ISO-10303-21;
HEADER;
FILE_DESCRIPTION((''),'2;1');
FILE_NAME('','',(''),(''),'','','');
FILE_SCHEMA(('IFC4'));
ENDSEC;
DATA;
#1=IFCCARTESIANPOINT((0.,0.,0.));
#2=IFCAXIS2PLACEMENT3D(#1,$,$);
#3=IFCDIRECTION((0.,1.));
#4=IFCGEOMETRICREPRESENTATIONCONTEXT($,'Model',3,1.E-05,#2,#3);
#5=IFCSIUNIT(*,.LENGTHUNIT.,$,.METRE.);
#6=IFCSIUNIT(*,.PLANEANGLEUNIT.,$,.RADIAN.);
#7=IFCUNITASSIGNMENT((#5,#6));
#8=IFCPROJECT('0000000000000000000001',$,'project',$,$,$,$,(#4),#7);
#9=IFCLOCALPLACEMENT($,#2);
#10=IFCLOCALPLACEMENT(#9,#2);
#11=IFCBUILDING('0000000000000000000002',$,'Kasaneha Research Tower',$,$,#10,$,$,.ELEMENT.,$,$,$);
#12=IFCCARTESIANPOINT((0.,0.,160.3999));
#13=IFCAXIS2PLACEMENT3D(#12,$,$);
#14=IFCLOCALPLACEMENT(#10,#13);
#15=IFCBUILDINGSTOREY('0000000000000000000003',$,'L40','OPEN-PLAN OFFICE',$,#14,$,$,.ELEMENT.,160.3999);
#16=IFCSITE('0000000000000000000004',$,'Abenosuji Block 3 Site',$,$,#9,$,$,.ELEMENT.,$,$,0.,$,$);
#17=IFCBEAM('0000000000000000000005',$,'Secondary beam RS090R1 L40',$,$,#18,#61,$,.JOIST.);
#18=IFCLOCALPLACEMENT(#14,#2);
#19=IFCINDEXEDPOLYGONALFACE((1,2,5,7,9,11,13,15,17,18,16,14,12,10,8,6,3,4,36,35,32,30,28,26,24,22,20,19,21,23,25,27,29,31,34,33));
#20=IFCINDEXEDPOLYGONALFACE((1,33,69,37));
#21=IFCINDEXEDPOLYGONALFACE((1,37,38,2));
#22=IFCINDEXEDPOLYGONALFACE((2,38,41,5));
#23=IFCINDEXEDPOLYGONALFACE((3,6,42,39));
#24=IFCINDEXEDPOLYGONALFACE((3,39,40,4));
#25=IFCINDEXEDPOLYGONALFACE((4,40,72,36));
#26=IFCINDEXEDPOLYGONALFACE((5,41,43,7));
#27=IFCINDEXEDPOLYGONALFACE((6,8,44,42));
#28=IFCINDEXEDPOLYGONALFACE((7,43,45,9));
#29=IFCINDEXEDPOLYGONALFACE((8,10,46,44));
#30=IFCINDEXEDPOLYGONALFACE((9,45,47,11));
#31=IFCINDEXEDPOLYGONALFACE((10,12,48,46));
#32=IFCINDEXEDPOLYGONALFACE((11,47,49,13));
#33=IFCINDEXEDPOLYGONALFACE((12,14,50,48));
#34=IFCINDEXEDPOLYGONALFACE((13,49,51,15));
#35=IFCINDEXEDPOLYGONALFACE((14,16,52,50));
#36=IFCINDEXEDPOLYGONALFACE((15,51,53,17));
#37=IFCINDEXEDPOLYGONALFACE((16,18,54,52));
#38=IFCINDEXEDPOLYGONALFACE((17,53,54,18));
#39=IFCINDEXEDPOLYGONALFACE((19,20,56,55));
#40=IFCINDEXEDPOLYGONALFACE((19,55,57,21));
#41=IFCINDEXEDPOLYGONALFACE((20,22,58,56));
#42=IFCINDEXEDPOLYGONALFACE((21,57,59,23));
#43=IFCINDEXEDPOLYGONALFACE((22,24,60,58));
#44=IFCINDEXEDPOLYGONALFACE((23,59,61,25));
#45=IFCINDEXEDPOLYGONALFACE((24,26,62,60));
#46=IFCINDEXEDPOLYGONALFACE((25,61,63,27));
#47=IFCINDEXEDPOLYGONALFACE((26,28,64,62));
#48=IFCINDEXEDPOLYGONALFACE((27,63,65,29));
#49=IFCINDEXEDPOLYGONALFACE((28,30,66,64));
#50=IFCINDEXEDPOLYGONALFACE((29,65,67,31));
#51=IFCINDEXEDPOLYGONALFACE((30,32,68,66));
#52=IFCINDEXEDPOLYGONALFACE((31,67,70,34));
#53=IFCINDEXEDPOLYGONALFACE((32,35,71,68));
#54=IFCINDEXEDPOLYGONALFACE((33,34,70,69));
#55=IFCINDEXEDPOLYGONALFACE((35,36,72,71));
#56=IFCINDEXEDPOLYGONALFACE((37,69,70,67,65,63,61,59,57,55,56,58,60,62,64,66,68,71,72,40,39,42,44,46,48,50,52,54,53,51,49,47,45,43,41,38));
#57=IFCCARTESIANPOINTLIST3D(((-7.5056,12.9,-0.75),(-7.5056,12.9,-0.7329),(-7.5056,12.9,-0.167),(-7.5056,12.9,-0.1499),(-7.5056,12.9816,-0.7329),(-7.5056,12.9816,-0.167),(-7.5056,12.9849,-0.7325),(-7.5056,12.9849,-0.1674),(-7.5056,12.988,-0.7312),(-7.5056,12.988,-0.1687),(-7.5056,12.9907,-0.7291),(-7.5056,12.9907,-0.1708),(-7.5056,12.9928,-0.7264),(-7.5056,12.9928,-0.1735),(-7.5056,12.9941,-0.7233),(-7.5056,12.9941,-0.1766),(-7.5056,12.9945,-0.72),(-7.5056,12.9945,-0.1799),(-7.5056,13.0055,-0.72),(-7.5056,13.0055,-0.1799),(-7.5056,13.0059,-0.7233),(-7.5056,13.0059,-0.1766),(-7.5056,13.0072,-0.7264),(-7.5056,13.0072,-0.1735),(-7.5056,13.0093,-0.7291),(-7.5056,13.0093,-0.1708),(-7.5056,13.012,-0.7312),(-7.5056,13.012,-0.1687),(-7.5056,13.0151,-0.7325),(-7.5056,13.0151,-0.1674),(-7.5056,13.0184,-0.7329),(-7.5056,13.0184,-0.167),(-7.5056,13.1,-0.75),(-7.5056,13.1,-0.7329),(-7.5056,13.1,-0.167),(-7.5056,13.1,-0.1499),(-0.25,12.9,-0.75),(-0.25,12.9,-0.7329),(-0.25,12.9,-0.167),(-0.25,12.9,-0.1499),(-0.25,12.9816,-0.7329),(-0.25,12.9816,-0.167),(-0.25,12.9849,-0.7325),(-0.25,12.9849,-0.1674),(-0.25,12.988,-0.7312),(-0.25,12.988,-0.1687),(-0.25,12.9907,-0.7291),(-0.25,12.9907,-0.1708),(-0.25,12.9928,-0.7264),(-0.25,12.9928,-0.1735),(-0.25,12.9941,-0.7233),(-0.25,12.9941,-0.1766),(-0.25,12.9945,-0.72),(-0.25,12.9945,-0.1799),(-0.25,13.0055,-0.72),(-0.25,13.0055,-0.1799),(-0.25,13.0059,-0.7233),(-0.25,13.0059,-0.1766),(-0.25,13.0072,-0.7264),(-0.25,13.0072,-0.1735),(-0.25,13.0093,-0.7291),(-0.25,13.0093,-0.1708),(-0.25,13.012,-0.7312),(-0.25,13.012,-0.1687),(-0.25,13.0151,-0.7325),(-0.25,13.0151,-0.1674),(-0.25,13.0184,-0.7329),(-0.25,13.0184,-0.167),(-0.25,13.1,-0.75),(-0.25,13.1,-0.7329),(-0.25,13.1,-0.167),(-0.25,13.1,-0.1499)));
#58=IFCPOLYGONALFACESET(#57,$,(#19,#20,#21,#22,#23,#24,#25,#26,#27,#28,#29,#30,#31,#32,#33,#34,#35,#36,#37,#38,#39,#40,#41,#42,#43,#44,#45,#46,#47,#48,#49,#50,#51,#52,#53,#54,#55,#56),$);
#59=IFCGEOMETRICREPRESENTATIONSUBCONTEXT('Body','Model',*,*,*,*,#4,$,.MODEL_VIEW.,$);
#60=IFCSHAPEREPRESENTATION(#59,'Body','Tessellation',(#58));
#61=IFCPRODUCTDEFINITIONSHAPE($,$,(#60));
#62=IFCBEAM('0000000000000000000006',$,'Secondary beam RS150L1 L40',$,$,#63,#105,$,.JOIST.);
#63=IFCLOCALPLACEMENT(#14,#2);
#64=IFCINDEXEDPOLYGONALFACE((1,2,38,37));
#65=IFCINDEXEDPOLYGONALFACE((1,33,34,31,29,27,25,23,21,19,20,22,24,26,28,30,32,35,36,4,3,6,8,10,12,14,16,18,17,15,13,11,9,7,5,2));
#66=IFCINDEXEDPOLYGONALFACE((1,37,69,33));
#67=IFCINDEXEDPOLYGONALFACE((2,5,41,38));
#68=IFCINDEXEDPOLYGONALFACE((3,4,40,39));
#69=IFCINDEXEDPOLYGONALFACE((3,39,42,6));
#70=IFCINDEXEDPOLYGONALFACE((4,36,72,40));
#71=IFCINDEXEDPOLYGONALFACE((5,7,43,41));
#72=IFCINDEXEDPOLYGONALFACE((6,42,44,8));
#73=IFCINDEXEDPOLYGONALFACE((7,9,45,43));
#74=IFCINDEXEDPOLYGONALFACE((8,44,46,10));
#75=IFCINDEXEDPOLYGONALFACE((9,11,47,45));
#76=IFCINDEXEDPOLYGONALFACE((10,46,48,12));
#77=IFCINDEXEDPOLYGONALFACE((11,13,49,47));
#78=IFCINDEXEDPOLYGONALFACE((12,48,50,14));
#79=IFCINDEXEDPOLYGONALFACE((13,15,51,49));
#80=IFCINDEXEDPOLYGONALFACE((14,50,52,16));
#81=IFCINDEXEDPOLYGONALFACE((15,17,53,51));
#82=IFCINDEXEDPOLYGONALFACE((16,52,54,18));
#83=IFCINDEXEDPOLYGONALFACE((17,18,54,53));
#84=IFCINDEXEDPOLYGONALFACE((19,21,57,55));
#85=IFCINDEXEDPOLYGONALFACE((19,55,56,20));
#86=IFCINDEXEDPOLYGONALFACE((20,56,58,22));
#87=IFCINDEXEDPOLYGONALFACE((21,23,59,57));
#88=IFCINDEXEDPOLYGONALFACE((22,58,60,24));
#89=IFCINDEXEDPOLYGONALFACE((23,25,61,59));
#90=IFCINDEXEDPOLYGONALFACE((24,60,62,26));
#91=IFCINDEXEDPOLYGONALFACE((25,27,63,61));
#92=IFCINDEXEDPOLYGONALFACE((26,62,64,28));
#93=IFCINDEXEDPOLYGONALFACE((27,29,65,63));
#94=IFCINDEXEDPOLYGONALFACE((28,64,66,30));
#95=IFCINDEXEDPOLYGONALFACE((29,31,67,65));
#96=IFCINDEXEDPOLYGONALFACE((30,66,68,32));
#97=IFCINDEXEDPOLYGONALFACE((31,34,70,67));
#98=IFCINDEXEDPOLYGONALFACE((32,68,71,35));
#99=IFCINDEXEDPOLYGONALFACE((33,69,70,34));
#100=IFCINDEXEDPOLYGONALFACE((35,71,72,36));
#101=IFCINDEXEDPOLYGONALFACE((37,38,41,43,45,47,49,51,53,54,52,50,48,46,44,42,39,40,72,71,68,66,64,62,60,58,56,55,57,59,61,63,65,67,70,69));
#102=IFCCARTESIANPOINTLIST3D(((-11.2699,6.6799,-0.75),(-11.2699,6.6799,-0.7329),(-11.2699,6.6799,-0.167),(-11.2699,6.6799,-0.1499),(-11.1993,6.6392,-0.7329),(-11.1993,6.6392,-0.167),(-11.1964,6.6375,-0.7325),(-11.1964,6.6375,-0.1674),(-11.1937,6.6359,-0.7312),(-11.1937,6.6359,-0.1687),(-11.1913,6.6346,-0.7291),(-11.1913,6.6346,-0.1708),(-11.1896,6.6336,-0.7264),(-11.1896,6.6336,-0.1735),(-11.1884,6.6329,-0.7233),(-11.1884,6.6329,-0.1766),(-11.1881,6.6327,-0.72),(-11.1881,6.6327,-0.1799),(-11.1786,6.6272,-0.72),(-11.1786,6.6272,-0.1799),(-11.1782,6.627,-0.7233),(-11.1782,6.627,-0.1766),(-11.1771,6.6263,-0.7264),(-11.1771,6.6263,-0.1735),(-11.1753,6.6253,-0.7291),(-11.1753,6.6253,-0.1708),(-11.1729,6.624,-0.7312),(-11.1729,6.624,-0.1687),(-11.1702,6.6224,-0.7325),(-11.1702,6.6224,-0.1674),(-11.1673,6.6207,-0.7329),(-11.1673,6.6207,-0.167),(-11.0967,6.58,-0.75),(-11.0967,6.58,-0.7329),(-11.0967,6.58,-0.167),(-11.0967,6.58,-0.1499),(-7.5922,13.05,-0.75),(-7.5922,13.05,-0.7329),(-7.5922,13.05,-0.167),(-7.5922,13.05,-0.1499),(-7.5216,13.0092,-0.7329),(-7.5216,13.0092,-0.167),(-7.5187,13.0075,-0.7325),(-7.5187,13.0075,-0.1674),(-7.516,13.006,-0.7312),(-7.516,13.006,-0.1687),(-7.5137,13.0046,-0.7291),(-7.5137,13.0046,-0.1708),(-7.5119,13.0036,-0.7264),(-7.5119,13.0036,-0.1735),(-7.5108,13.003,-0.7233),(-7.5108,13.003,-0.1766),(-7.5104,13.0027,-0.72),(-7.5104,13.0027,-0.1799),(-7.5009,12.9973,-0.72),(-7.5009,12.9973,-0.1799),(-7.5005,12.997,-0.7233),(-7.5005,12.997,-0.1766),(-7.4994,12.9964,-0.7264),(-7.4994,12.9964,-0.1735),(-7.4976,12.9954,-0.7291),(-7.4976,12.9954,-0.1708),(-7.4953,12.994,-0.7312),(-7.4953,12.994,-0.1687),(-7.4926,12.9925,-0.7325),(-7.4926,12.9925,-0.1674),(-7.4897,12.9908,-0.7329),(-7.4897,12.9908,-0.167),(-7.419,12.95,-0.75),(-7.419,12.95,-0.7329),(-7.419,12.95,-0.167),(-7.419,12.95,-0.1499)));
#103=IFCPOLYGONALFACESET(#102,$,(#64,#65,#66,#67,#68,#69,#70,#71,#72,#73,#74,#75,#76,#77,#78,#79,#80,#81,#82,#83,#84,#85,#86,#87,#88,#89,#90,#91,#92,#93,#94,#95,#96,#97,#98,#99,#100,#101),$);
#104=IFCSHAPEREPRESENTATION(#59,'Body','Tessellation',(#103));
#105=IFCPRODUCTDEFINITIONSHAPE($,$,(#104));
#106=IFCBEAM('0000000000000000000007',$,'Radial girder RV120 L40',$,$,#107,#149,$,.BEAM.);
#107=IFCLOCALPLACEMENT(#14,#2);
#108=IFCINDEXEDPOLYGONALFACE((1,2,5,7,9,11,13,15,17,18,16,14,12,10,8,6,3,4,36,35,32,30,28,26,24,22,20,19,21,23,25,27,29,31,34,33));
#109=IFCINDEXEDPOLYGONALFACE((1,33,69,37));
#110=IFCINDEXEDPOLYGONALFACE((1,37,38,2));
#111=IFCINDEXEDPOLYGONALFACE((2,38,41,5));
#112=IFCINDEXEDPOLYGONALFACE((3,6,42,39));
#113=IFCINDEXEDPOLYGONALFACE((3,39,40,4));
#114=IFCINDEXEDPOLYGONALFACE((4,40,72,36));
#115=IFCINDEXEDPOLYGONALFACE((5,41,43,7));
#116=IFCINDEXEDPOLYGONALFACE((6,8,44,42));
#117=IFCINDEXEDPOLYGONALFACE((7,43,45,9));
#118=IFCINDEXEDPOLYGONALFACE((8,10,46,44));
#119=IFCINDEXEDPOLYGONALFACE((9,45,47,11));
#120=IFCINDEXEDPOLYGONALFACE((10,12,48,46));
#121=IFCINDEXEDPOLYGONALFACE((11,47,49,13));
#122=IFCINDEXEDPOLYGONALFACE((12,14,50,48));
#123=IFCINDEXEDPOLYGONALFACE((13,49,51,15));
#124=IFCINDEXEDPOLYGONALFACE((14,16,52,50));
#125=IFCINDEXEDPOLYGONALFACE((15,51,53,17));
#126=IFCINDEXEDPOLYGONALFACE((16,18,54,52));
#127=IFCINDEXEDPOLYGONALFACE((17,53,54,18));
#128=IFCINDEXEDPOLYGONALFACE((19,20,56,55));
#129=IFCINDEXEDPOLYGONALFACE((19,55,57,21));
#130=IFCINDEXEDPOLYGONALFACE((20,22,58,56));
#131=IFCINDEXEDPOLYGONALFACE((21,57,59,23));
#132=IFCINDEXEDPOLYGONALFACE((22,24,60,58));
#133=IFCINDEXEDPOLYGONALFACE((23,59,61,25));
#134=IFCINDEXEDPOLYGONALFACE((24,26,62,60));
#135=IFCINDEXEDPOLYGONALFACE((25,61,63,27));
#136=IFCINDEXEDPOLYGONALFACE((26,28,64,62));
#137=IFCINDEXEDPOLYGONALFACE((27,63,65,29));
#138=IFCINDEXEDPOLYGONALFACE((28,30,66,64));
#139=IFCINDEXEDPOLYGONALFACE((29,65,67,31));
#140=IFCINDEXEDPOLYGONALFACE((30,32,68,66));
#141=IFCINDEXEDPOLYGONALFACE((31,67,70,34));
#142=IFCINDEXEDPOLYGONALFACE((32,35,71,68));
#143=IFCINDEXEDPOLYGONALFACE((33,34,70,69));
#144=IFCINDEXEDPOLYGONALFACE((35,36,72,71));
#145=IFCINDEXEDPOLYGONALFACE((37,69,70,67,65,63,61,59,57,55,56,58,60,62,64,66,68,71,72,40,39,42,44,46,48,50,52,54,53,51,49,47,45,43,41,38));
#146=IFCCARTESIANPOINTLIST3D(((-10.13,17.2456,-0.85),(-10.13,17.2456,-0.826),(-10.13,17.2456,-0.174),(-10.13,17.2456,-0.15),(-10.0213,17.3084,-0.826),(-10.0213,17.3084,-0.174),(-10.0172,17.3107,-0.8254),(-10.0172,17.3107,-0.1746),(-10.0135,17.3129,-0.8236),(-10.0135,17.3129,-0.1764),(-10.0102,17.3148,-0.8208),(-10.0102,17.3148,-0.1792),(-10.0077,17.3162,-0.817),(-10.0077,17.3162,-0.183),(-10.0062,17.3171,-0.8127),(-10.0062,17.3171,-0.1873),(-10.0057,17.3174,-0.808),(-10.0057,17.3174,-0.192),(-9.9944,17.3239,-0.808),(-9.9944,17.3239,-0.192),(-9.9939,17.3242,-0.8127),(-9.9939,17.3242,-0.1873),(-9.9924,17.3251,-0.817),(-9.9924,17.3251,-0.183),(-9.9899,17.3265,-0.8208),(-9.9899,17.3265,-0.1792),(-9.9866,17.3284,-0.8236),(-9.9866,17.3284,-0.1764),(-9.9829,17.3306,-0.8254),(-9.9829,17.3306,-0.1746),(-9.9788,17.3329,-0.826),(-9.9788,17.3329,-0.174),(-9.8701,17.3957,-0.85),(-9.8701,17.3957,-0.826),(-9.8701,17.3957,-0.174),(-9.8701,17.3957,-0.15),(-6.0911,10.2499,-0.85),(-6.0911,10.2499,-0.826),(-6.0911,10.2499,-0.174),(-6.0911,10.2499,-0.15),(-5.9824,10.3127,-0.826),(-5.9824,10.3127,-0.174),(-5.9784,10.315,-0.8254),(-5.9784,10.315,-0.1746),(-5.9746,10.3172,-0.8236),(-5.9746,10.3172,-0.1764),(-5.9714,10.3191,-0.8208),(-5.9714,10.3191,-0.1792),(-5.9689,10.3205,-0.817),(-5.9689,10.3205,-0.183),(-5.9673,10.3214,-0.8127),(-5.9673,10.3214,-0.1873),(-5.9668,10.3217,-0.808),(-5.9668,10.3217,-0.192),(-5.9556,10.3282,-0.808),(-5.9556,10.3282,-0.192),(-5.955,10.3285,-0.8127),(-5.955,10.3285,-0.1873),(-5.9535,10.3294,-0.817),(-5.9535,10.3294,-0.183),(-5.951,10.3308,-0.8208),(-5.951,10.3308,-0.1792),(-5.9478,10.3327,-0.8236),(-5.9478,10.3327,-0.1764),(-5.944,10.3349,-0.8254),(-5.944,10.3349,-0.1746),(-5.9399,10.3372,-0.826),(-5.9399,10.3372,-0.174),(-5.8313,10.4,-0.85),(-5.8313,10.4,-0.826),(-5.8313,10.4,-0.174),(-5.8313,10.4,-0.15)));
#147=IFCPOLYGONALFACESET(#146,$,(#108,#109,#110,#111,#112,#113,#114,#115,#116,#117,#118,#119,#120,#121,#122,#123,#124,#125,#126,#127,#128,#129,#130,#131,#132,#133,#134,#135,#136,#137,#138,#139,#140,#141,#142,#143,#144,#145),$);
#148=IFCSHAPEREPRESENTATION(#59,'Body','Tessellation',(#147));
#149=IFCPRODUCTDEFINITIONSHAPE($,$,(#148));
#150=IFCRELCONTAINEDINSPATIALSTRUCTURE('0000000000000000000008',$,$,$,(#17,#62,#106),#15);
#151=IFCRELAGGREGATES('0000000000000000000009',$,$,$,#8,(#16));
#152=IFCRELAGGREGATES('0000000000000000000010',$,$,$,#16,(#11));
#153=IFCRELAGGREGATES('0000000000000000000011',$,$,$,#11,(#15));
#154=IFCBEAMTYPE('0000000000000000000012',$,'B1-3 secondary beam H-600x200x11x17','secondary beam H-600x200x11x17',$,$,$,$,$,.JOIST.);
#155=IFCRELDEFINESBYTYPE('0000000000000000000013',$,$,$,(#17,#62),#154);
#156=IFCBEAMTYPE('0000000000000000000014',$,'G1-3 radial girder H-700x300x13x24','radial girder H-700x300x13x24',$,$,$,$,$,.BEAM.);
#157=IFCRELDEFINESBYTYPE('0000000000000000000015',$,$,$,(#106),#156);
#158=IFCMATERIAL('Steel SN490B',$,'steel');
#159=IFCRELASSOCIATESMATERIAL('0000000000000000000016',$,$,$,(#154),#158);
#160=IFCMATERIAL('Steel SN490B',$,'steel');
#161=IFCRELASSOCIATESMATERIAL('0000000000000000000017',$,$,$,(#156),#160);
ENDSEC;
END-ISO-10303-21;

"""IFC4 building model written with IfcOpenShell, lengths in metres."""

from ifc_helpers import new_model, si_unit, direction, frame, origin, origin_2d, place, context, subcontext, project, spatial, i_section, extrude, material, material_profile, profile_set, type_object, element, save


model = new_model("IFC4")

# Units and contexts
model_context = context("Model", 3, precision=1e-05, world=origin(), true_north=direction((0.0, 1.0)))
body_context = subcontext(model_context, "Body", "Model", "MODEL_VIEW")
ifc_project = project(units=[si_unit("LENGTHUNIT", "METRE"), si_unit("PLANEANGLEUNIT", "RADIAN")], contexts=[model_context])

# Site, building, storey
site_placement = place(None, origin())
site = spatial("IfcSite", under=ifc_project, at=site_placement, Name="Abenosuji Block 3 Site", CompositionType="ELEMENT", RefElevation=0.0)
building_placement = place(site_placement, origin())
building = spatial("IfcBuilding", under=site, at=building_placement, Name="Kasaneha Research Tower", CompositionType="ELEMENT")
storey_placement = place(building_placement, frame((0.0, 0.0, 160.3999)))
storey = spatial("IfcBuildingStorey", under=building, at=storey_placement, Name="L40", Description="OPEN-PLAN OFFICE", CompositionType="ELEMENT", Elevation=160.3999)

# Beams
ifc_material_1 = material(Name="Steel SN490B", Category="steel")
ifc_material_profile_1 = material_profile(ifc_material_1, i_section(OverallWidth=0.2, OverallDepth=0.6001, WebThickness=0.011, FlangeThickness=0.0171, FilletRadius=0.0129, at=origin_2d()), Name="H-600x200x11x17")
ifc_profile_set_1 = profile_set([ifc_material_profile_1], Name="Steel SN490B")
beam_type_1 = type_object("IfcBeamType", Name="B1-3 secondary beam H-600x200x11x17", Description="secondary beam H-600x200x11x17", PredefinedType="JOIST", material=ifc_profile_set_1)
beam_1_placement = place(storey_placement, frame((-7.5056, 13.0, -0.45), z_axis=(1.0, 0.0, 0.0), x_axis=(0.0, 1.0, 0.0)))
element("IfcBeam", 1, at=beam_1_placement, inside=storey, type_object=beam_type_1, Name="Secondary beam RS090R1 L40", PredefinedType="JOIST", context=body_context, shape_type="SweptSolid", body=[
    extrude(i_section(OverallWidth=0.2, OverallDepth=0.6001, WebThickness=0.011, FlangeThickness=0.0171, FilletRadius=0.0129, at=origin_2d()), origin(), (0.0, 0.0, 1.0), 7.2556),
])
beam_2_placement = place(storey_placement, frame((-7.5056, 13.0, -0.45), z_axis=(-0.499994, -0.866029, 0.0), x_axis=(0.866029, -0.499994, 0.0)))
element("IfcBeam", 2, at=beam_2_placement, inside=storey, type_object=beam_type_1, Name="Secondary beam RS150L1 L40", PredefinedType="JOIST", context=body_context, shape_type="SweptSolid", body=[
    extrude(i_section(OverallWidth=0.2, OverallDepth=0.6001, WebThickness=0.011, FlangeThickness=0.0171, FilletRadius=0.0129, at=origin_2d()), origin(), (0.0, 0.0, 1.0), 7.3555),
])
ifc_material_2 = material(Name="Steel SN490B", Category="steel")
ifc_material_profile_2 = material_profile(ifc_material_2, i_section(OverallWidth=0.3, OverallDepth=0.7, WebThickness=0.0129, FlangeThickness=0.0239, FilletRadius=0.0181, at=origin_2d()), Name="H-700x300x13x24")
ifc_profile_set_2 = profile_set([ifc_material_profile_2], Name="Steel SN490B")
beam_type_2 = type_object("IfcBeamType", Name="G1-3 radial girder H-700x300x13x24", Description="radial girder H-700x300x13x24", PredefinedType="BEAM", material=ifc_profile_set_2)
beam_3_placement = place(storey_placement, frame((-5.9612, 10.325, -0.5), z_axis=(-0.499991, 0.866031, 0.0), x_axis=(-0.866031, -0.499991, 0.0)))
element("IfcBeam", 3, at=beam_3_placement, inside=storey, type_object=beam_type_2, Name="Radial girder RV120 L40", PredefinedType="BEAM", context=body_context, shape_type="SweptSolid", body=[
    extrude(i_section(OverallWidth=0.3, OverallDepth=0.7, WebThickness=0.0129, FlangeThickness=0.0239, FilletRadius=0.0181, at=origin_2d()), origin(), (0.0, 0.0, 1.0), 8.0779),
])

save(model, "model.ifc")
